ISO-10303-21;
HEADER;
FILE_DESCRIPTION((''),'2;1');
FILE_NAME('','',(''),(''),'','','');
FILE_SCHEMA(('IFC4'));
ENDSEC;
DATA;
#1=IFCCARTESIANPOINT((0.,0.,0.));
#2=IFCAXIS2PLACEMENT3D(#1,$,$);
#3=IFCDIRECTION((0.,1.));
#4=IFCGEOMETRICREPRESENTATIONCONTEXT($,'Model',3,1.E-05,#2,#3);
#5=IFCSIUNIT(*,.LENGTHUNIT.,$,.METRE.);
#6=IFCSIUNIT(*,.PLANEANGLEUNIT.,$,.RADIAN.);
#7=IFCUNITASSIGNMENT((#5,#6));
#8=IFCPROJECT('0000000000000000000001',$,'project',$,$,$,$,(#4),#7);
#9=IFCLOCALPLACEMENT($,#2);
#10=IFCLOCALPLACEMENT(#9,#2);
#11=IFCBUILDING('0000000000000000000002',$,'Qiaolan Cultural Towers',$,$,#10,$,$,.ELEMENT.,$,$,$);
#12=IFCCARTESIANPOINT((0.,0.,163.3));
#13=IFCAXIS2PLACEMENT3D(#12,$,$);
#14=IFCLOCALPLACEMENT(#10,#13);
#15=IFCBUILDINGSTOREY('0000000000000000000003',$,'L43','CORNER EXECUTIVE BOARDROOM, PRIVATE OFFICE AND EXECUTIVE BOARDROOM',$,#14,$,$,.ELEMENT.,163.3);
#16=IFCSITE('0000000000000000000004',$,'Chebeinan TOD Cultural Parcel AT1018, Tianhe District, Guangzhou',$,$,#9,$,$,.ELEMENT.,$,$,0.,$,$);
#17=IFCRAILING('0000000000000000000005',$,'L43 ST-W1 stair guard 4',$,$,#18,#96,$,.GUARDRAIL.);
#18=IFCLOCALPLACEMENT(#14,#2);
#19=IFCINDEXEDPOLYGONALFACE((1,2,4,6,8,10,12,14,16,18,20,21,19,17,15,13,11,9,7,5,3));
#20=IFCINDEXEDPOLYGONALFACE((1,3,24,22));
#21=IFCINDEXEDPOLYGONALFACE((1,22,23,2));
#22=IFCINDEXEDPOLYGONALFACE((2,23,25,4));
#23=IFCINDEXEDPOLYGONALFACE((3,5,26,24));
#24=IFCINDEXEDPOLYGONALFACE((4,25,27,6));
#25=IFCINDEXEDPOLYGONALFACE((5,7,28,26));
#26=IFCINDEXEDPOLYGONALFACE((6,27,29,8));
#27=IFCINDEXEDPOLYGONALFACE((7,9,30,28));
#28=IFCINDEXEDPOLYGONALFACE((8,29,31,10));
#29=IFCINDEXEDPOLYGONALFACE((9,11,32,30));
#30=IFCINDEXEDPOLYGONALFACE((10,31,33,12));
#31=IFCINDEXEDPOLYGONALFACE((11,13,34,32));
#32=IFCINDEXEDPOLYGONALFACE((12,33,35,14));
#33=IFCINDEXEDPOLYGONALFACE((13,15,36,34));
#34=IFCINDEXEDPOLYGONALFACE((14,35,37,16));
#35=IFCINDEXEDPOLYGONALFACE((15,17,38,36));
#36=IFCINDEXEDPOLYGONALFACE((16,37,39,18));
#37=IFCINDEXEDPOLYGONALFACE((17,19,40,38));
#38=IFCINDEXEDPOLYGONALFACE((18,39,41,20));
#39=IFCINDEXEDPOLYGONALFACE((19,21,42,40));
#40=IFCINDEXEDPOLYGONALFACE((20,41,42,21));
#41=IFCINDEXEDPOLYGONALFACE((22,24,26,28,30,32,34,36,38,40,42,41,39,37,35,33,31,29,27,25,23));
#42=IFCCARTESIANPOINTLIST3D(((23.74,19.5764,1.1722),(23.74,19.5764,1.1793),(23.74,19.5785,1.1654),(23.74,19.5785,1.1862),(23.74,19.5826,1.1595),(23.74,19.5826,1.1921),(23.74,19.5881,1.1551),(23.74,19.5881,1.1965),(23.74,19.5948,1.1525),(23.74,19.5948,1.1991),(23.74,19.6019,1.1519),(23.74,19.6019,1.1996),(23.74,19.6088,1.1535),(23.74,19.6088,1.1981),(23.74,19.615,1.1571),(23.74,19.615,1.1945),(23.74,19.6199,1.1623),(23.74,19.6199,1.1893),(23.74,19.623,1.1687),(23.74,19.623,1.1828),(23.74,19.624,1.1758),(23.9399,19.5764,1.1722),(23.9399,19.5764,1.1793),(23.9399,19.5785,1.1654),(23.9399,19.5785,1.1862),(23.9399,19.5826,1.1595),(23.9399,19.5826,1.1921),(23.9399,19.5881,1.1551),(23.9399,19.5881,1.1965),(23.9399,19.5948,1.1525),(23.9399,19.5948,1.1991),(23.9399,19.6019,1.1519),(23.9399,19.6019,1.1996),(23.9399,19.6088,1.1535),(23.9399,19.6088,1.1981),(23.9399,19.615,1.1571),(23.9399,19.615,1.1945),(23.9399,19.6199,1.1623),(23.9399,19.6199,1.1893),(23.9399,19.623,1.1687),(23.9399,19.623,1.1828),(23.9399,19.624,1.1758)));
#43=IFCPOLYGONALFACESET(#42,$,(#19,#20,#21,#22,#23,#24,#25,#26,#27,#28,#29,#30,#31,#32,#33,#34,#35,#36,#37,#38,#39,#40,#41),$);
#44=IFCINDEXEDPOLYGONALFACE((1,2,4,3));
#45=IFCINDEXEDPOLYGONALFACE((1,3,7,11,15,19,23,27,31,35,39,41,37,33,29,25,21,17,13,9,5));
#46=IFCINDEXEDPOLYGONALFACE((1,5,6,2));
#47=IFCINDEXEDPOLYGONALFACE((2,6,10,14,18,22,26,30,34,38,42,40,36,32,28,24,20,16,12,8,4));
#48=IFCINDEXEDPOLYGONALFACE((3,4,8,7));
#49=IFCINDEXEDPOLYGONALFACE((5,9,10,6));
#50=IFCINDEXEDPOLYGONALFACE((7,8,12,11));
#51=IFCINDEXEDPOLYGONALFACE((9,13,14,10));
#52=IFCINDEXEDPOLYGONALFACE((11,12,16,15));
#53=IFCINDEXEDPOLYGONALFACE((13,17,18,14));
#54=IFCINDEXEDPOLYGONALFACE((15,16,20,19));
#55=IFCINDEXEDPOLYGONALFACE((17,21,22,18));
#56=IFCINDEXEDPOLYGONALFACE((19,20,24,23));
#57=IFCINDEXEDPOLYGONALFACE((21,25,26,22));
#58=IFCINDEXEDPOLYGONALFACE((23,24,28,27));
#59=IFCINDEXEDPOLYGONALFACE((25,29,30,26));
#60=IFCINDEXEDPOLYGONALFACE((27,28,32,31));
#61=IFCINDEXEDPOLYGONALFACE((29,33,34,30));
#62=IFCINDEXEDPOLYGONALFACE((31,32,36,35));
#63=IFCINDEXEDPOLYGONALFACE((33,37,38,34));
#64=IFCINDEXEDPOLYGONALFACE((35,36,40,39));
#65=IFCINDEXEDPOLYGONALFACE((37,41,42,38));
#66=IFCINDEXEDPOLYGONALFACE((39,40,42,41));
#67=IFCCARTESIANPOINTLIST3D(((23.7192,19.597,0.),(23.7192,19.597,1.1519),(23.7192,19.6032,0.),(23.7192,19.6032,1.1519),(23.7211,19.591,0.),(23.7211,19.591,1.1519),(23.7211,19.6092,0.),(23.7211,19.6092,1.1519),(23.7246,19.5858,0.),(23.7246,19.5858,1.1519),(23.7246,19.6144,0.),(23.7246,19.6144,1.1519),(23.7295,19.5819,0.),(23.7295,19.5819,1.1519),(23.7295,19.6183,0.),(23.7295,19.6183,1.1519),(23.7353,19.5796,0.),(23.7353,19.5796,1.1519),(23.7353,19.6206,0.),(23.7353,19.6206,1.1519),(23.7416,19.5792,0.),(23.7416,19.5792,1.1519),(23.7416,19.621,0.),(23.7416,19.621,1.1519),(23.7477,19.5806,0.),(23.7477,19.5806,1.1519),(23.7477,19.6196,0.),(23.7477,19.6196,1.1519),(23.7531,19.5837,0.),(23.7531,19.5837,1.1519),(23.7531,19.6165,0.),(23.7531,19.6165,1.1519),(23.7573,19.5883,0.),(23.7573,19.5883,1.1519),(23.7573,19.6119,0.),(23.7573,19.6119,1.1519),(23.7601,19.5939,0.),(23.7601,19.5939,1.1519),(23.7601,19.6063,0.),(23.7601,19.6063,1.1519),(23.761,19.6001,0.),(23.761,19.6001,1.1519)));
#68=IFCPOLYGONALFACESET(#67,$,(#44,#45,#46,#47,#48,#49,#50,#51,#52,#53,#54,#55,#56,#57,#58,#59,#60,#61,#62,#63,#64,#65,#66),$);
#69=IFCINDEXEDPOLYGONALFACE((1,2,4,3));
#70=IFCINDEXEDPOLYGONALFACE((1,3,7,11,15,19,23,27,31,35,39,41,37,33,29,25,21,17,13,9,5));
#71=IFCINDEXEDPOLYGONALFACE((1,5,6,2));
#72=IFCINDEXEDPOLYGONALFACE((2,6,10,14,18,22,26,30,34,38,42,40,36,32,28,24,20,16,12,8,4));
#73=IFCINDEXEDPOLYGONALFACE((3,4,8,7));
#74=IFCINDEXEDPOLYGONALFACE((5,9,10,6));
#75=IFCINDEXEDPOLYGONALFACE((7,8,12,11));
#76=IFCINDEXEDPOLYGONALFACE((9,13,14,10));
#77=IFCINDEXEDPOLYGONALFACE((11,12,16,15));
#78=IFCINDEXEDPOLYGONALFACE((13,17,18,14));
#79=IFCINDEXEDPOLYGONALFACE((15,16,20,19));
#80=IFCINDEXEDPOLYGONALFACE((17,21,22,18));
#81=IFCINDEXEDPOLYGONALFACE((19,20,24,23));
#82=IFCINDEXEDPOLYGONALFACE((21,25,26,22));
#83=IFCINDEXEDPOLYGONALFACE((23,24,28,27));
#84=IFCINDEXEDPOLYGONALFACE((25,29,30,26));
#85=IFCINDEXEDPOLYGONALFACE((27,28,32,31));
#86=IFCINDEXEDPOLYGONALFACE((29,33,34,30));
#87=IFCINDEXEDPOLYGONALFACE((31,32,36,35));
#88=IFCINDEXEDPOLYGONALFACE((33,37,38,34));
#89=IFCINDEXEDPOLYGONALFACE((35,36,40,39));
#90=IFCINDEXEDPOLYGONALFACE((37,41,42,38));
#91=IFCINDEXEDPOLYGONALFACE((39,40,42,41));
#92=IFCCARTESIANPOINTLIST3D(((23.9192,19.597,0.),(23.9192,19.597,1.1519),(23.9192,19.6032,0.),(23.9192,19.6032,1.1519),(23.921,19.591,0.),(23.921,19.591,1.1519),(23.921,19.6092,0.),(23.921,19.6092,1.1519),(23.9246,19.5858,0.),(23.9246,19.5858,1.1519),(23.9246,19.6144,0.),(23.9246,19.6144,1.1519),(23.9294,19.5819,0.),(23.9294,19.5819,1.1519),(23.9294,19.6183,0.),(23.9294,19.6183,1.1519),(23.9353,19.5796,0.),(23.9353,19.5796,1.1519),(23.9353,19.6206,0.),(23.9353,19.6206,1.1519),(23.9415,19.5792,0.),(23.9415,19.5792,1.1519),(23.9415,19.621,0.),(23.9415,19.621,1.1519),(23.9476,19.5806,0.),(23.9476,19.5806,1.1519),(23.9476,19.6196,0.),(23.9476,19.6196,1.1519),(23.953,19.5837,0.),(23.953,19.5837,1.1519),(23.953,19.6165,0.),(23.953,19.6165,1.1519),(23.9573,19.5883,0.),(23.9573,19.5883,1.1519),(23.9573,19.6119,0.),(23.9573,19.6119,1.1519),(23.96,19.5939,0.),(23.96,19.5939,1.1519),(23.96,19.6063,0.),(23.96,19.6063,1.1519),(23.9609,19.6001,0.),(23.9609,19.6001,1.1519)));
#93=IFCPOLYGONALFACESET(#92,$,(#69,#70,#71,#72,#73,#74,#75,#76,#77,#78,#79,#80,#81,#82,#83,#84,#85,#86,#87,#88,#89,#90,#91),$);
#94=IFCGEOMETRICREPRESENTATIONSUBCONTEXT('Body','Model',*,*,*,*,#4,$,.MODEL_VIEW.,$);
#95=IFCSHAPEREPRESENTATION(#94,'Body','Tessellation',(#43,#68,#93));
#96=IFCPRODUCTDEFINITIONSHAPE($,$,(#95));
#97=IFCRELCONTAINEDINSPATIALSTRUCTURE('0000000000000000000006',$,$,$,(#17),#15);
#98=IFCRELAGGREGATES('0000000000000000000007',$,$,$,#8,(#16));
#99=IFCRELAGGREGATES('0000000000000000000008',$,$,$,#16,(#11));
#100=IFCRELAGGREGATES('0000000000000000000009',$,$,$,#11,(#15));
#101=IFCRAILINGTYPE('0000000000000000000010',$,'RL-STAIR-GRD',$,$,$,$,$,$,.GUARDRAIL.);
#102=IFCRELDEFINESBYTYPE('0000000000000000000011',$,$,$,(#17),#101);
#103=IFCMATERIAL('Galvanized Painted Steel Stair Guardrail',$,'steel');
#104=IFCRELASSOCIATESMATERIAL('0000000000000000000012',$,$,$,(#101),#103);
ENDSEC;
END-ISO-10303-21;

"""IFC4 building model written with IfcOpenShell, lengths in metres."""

from ifc_helpers import new_model, si_unit, direction, frame, origin, origin_2d, place, context, subcontext, project, spatial, circle, extrude, material, type_object, element, save


model = new_model("IFC4")

# Units and contexts
model_context = context("Model", 3, precision=1e-05, world=origin(), true_north=direction((0.0, 1.0)))
body_context = subcontext(model_context, "Body", "Model", "MODEL_VIEW")
ifc_project = project(units=[si_unit("LENGTHUNIT", "METRE"), si_unit("PLANEANGLEUNIT", "RADIAN")], contexts=[model_context])

# Site, building, storey
site_placement = place(None, origin())
site = spatial("IfcSite", under=ifc_project, at=site_placement, Name="Chebeinan TOD Cultural Parcel AT1018, Tianhe District, Guangzhou", CompositionType="ELEMENT", RefElevation=0.0)
building_placement = place(site_placement, origin())
building = spatial("IfcBuilding", under=site, at=building_placement, Name="Qiaolan Cultural Towers", CompositionType="ELEMENT")
storey_placement = place(building_placement, frame((0.0, 0.0, 163.3)))
storey = spatial("IfcBuildingStorey", under=building, at=storey_placement, Name="L43", Description="CORNER EXECUTIVE BOARDROOM, PRIVATE OFFICE AND EXECUTIVE BOARDROOM", CompositionType="ELEMENT", Elevation=163.3)

# Railing
ifc_material_1 = material(Name="Galvanized Painted Steel Stair Guardrail", Category="steel")
railing_type_1 = type_object("IfcRailingType", Name="RL-STAIR-GRD", PredefinedType="GUARDRAIL", material=ifc_material_1)
railing_1_placement = place(storey_placement, frame((23.74, 19.6001, 0.0)))
element("IfcRailing", 1, at=railing_1_placement, inside=storey, type_object=railing_type_1, Name="L43 ST-W1 stair guard 4", PredefinedType="GUARDRAIL", context=body_context, shape_type="SweptSolid", body=[
    extrude(circle(Radius=0.0239, at=origin_2d()), frame((0.0, 0.0, 1.1758), z_axis=(1.0, 0.0, 0.0), x_axis=(0.0, 1.0, 0.0)), (0.0, 0.0, 1.0), 0.2),
    extrude(circle(Radius=0.021, at=origin_2d()), origin(), (0.0, 0.0, 1.0), 1.1519),
    extrude(circle(Radius=0.021, at=origin_2d()), frame((0.2, 0.0, 0.0)), (0.0, 0.0, 1.0), 1.1519),
])

save(model, "model.ifc")
